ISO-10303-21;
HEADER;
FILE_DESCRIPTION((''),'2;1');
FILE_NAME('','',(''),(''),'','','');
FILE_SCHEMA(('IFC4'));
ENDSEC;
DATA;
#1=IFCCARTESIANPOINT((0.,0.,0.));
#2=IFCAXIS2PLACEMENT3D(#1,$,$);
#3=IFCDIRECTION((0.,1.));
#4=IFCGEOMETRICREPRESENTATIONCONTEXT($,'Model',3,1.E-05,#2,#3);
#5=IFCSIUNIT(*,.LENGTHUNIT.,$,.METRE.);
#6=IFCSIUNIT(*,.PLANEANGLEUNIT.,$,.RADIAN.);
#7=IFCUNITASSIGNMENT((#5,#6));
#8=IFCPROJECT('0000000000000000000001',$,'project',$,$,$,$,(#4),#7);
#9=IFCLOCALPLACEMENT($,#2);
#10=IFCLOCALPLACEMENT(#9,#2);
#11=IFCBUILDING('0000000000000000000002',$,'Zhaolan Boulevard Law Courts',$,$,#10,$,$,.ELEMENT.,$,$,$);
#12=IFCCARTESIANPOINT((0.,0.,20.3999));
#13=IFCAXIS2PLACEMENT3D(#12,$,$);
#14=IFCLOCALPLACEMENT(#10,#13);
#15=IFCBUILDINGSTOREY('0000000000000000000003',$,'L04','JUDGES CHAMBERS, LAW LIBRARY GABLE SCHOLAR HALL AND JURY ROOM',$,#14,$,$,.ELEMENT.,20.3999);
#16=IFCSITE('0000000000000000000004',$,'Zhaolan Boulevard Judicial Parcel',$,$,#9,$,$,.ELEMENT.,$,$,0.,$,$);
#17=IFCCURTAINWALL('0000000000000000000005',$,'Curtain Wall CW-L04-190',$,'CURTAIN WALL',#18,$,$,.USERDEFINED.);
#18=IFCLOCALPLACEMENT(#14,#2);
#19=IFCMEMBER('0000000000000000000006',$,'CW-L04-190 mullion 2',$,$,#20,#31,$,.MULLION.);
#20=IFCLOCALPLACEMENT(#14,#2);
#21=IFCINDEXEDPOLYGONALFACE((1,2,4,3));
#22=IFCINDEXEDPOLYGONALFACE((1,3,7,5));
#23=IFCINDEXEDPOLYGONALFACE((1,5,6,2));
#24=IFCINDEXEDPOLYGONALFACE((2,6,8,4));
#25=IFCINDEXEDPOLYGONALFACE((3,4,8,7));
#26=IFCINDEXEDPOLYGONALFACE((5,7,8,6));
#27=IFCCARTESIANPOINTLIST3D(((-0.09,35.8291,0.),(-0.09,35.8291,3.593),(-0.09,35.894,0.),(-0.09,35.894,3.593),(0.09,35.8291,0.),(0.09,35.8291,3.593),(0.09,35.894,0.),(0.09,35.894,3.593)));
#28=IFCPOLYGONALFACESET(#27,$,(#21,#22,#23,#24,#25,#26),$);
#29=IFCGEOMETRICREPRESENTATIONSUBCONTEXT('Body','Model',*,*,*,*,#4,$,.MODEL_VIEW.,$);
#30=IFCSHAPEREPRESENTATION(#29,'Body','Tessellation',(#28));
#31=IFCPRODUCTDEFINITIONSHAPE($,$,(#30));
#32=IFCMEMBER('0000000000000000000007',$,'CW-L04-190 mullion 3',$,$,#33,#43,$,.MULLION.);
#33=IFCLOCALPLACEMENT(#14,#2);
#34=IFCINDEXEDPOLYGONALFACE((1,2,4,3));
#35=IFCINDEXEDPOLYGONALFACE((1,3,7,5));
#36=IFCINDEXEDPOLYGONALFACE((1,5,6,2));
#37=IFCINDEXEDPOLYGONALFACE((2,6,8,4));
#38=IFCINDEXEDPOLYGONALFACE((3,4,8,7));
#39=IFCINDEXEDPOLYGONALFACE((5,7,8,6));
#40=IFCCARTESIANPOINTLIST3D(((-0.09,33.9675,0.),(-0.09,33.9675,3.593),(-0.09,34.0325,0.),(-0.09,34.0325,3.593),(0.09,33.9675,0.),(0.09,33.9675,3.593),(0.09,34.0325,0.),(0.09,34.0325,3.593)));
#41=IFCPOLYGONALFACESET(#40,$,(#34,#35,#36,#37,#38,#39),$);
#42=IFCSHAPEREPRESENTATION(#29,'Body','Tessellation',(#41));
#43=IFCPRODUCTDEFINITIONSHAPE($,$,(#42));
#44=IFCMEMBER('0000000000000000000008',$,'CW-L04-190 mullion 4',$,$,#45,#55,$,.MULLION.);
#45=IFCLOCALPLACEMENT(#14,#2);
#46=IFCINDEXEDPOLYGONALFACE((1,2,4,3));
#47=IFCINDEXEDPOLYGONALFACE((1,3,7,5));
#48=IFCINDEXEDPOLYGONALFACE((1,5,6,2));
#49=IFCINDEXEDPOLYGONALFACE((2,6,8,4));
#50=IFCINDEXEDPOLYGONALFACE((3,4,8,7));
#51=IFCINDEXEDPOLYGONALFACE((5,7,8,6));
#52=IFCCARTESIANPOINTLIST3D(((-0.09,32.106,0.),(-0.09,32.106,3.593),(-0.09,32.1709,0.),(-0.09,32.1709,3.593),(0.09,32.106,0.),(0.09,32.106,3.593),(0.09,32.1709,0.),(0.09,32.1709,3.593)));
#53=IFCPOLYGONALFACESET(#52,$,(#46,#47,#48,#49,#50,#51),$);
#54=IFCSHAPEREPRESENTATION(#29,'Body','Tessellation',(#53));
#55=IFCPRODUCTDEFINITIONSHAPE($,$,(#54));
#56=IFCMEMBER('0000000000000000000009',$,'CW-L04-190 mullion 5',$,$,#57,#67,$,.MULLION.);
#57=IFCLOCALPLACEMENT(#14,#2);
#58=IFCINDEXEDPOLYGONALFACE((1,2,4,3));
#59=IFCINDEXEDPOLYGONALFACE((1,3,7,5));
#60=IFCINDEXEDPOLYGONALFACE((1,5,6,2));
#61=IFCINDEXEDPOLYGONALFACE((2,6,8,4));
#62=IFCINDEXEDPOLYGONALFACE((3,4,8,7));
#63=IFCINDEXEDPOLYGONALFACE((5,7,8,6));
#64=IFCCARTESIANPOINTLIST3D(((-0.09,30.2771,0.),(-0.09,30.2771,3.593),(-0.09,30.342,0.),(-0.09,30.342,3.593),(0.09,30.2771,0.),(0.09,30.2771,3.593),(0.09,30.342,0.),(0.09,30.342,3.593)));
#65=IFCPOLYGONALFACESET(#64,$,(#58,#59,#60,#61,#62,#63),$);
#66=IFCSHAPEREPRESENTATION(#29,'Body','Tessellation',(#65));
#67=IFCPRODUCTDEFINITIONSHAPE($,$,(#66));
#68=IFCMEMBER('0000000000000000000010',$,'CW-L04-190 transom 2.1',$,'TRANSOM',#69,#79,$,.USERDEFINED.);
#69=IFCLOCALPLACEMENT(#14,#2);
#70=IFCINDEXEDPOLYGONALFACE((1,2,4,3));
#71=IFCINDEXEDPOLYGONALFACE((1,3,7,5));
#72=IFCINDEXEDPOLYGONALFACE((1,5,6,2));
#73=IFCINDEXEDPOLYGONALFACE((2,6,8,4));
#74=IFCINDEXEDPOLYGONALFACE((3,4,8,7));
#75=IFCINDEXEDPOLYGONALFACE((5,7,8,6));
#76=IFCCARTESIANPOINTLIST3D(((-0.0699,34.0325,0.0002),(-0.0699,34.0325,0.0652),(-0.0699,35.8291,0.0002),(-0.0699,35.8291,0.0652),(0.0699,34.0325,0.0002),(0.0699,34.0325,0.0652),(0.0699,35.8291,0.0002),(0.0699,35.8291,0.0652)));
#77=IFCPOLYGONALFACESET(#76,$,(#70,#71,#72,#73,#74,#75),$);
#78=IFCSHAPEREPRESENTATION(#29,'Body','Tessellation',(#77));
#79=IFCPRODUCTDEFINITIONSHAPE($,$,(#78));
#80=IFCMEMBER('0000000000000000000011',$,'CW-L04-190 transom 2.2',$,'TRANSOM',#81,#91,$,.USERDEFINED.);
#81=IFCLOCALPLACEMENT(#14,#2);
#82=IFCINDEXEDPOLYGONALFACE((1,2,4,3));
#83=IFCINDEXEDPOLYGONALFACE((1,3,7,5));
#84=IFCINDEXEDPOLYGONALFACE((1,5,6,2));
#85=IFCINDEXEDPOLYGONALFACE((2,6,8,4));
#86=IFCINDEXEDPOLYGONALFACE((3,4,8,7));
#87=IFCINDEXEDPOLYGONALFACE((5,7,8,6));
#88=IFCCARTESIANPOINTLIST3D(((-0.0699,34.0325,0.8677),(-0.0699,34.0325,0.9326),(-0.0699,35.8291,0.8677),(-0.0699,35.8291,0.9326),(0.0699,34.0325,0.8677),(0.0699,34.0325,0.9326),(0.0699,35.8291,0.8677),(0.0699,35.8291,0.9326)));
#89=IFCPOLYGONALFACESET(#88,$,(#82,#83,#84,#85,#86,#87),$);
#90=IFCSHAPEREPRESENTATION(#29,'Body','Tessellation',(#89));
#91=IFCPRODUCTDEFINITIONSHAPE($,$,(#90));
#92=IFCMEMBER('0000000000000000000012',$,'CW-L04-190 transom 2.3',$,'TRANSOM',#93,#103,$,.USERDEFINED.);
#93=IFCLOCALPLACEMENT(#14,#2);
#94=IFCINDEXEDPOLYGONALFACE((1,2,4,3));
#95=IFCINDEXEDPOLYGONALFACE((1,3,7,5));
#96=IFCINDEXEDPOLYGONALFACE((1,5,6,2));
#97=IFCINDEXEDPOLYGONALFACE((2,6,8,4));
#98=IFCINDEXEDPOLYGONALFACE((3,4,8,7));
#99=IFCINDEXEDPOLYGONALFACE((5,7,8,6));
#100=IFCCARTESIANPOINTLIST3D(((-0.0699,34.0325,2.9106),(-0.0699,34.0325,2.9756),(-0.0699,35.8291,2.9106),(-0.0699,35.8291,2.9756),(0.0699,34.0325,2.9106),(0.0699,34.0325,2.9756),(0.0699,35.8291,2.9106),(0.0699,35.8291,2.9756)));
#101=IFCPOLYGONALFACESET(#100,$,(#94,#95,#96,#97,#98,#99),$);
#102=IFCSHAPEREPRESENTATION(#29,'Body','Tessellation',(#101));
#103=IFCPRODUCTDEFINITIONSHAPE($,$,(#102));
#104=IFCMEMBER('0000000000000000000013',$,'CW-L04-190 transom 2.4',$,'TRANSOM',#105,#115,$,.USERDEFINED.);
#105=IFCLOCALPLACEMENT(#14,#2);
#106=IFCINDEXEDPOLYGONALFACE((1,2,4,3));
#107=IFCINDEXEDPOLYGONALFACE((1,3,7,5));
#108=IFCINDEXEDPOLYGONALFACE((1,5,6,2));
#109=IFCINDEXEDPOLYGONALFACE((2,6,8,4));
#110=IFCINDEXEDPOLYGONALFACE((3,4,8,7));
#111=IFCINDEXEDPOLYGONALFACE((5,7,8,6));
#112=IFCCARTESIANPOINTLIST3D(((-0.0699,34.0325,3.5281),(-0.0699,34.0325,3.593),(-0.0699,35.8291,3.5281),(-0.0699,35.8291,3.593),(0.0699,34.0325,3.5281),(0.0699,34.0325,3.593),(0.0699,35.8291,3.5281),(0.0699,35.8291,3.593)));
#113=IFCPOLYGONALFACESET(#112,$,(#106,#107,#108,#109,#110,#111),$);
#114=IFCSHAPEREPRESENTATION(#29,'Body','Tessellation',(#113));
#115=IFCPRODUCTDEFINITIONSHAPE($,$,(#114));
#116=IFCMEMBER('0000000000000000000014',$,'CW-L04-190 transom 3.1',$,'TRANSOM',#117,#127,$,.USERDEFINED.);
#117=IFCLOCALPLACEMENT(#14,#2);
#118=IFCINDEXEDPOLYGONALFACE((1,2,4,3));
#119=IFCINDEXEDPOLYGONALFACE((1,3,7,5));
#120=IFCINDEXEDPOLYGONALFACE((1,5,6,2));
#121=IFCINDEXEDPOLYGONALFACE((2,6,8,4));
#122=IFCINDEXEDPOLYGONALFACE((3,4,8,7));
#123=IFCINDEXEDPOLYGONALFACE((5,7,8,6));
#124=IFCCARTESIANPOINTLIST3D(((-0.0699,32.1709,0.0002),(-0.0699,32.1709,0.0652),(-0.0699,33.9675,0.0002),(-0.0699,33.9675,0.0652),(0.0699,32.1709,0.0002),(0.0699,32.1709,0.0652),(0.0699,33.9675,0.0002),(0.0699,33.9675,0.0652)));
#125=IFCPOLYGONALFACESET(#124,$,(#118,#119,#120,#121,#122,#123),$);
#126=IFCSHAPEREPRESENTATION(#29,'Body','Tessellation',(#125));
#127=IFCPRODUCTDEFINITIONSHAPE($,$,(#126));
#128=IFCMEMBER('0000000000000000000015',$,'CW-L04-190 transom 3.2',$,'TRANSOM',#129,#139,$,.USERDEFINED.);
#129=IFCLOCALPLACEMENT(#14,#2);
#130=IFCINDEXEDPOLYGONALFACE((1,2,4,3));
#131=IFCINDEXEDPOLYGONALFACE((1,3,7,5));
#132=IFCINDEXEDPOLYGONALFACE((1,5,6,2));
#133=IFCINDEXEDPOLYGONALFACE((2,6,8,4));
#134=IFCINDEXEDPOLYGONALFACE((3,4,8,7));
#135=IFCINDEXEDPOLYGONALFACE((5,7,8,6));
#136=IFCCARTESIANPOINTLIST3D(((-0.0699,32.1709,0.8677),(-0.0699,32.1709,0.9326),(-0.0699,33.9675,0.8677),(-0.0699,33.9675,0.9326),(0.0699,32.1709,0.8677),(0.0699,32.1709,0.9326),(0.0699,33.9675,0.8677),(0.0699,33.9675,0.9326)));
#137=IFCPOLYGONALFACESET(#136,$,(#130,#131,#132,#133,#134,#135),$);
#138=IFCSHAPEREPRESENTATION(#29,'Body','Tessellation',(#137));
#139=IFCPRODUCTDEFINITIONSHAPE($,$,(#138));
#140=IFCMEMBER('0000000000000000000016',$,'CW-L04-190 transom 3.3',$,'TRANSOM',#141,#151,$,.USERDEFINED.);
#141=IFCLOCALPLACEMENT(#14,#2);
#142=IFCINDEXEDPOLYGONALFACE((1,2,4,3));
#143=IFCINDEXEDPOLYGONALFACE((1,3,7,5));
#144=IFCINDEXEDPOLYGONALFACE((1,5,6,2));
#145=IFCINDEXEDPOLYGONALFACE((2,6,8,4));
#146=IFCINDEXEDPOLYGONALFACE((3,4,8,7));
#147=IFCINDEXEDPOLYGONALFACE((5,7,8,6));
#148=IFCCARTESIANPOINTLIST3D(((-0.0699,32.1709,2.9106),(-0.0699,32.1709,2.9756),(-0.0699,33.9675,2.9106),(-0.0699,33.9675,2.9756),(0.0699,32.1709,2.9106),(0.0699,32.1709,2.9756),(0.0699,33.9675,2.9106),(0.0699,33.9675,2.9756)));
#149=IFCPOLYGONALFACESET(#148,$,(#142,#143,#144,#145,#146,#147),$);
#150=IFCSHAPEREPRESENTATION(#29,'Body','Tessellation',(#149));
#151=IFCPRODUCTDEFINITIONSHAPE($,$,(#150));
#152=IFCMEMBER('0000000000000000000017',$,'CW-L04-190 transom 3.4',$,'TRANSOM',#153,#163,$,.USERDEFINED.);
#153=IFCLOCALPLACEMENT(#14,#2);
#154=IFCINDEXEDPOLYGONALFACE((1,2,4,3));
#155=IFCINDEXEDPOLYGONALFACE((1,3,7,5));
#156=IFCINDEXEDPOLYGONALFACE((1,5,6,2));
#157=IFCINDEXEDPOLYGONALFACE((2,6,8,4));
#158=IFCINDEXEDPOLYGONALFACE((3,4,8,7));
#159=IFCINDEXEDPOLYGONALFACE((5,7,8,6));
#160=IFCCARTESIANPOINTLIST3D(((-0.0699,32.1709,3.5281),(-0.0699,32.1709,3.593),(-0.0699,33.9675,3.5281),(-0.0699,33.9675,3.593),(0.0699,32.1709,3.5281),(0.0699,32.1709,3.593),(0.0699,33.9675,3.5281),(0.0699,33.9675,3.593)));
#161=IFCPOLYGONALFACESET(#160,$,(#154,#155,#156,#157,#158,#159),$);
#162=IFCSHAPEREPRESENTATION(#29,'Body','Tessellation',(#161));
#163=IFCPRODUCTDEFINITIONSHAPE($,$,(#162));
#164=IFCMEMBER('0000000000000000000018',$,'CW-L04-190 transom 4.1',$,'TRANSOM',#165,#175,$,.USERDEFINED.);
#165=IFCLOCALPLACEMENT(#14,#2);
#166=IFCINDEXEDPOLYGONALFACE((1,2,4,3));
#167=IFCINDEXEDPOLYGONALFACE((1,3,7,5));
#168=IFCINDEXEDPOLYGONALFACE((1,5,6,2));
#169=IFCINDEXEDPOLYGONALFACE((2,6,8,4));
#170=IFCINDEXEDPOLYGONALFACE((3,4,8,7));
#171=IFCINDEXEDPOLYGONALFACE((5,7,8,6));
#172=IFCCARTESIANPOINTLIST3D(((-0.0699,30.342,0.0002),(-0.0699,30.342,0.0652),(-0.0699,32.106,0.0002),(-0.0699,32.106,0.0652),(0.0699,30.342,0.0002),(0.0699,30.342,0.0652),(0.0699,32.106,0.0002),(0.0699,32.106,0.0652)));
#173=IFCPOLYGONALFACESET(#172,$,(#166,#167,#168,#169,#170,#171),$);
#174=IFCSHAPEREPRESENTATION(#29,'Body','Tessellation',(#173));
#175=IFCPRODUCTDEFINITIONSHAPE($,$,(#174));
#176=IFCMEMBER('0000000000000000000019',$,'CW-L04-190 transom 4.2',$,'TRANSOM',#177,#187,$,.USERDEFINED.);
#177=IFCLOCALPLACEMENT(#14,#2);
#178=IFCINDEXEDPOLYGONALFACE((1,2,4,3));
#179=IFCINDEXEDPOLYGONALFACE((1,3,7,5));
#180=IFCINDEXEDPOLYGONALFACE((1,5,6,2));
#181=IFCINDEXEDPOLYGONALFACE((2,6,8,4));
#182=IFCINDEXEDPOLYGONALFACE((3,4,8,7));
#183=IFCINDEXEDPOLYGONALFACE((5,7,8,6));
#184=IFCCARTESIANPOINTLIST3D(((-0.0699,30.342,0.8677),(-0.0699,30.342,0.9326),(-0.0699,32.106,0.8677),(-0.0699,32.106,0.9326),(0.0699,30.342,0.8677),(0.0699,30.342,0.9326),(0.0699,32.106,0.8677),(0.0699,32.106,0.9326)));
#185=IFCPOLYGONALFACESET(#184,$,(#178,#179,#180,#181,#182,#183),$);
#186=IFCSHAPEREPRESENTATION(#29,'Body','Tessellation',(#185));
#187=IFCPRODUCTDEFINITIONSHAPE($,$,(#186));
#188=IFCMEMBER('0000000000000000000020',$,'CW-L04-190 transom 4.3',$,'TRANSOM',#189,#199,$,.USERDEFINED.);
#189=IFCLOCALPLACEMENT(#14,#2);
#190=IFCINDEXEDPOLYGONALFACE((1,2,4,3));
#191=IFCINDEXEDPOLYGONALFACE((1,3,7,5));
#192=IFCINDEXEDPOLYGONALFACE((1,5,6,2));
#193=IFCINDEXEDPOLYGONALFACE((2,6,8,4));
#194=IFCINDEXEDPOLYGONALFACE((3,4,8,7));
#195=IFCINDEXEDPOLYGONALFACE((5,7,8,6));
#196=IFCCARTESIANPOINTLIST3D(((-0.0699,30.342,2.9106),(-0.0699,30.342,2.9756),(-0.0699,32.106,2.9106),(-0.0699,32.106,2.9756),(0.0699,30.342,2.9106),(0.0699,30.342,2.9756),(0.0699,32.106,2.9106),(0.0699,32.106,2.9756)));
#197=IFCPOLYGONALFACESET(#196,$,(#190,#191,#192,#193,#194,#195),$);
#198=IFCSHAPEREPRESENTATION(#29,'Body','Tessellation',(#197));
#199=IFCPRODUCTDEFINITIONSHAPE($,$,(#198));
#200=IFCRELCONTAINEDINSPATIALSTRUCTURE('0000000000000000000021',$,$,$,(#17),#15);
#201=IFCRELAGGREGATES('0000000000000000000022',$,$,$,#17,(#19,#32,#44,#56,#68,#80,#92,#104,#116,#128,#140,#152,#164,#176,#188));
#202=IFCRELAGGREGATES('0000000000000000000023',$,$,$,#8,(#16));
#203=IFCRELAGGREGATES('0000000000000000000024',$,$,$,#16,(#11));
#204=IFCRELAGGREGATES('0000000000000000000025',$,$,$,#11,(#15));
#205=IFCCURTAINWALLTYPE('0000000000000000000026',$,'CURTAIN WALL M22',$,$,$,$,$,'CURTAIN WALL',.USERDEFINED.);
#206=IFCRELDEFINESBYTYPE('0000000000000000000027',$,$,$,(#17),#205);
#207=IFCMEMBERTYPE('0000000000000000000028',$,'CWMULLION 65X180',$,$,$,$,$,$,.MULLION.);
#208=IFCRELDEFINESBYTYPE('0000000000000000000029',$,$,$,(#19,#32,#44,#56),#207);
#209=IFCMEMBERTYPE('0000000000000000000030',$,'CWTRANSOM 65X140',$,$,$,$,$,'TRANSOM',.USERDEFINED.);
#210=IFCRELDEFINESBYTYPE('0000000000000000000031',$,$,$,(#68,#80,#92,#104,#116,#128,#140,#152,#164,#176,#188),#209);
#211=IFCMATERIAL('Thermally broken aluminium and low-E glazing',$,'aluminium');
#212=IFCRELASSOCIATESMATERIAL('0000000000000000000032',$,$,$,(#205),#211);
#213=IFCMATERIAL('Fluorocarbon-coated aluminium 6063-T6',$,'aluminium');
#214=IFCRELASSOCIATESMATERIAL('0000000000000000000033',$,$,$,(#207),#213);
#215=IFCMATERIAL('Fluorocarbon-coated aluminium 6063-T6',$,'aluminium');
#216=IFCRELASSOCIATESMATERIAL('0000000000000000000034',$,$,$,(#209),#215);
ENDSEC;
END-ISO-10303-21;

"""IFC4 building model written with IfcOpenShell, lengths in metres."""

from ifc_helpers import new_model, si_unit, direction, frame, origin, origin_2d, place, context, subcontext, project, spatial, rectangle, extrude, material, material_profile, profile_set, type_object, element, aggregate, save


model = new_model("IFC4")

# Units and contexts
model_context = context("Model", 3, precision=1e-05, world=origin(), true_north=direction((0.0, 1.0)))
body_context = subcontext(model_context, "Body", "Model", "MODEL_VIEW")
ifc_project = project(units=[si_unit("LENGTHUNIT", "METRE"), si_unit("PLANEANGLEUNIT", "RADIAN")], contexts=[model_context])

# Site, building, storey
site_placement = place(None, origin())
site = spatial("IfcSite", under=ifc_project, at=site_placement, Name="Zhaolan Boulevard Judicial Parcel", CompositionType="ELEMENT", RefElevation=0.0)
building_placement = place(site_placement, origin())
building = spatial("IfcBuilding", under=site, at=building_placement, Name="Zhaolan Boulevard Law Courts", CompositionType="ELEMENT")
storey_placement = place(building_placement, frame((0.0, 0.0, 20.3999)))
storey = spatial("IfcBuildingStorey", under=building, at=storey_placement, Name="L04", Description="JUDGES CHAMBERS, LAW LIBRARY GABLE SCHOLAR HALL AND JURY ROOM", CompositionType="ELEMENT", Elevation=20.3999)

# Curtain wall, members
ifc_material_1 = material(Name="Thermally broken aluminium and low-E glazing", Category="aluminium")
curtain_wall_type = type_object("IfcCurtainWallType", Name="CURTAIN WALL M22", ElementType="CURTAIN WALL", PredefinedType="USERDEFINED", material=ifc_material_1)
curtain_wall_placement = place(storey_placement, origin())
curtain_wall = element("IfcCurtainWall", 1, at=curtain_wall_placement, inside=storey, type_object=curtain_wall_type, Name="Curtain Wall CW-L04-190", ObjectType="CURTAIN WALL", PredefinedType="USERDEFINED")
ifc_material_2 = material(Name="Fluorocarbon-coated aluminium 6063-T6", Category="aluminium")
ifc_material_profile_1 = material_profile(ifc_material_2, rectangle(XDim=0.1799, YDim=0.0649, at=origin_2d()), Name="AL65x180")
ifc_profile_set_1 = profile_set([ifc_material_profile_1], Name="Fluorocarbon-coated aluminium 6063-T6")
member_type_1 = type_object("IfcMemberType", Name="CWMULLION 65X180", PredefinedType="MULLION", material=ifc_profile_set_1)
member_1_placement = place(storey_placement, frame((0.0, 35.8616, 0.0), z_axis=(0.0, 0.0, 1.0), x_axis=(1.0, 0.0, 0.0)))
member_1 = element("IfcMember", 2, at=member_1_placement, type_object=member_type_1, Name="CW-L04-190 mullion 2", PredefinedType="MULLION", context=body_context, shape_type="SweptSolid", body=[
    extrude(rectangle(XDim=0.1799, YDim=0.0649, at=origin_2d()), origin(), (0.0, 0.0, 1.0), 3.593),
])
member_2_placement = place(storey_placement, frame((0.0, 34.0, 0.0), z_axis=(0.0, 0.0, 1.0), x_axis=(1.0, 0.0, 0.0)))
member_2 = element("IfcMember", 3, at=member_2_placement, type_object=member_type_1, Name="CW-L04-190 mullion 3", PredefinedType="MULLION", context=body_context, shape_type="SweptSolid", body=[
    extrude(rectangle(XDim=0.1799, YDim=0.0649, at=origin_2d()), origin(), (0.0, 0.0, 1.0), 3.593),
])
member_3_placement = place(storey_placement, frame((0.0, 32.1384, 0.0), z_axis=(0.0, 0.0, 1.0), x_axis=(1.0, 0.0, 0.0)))
member_3 = element("IfcMember", 4, at=member_3_placement, type_object=member_type_1, Name="CW-L04-190 mullion 4", PredefinedType="MULLION", context=body_context, shape_type="SweptSolid", body=[
    extrude(rectangle(XDim=0.1799, YDim=0.0649, at=origin_2d()), origin(), (0.0, 0.0, 1.0), 3.593),
])
member_4_placement = place(storey_placement, frame((0.0, 30.3096, 0.0), z_axis=(0.0, 0.0, 1.0), x_axis=(1.0, 0.0, 0.0)))
member_4 = element("IfcMember", 5, at=member_4_placement, type_object=member_type_1, Name="CW-L04-190 mullion 5", PredefinedType="MULLION", context=body_context, shape_type="SweptSolid", body=[
    extrude(rectangle(XDim=0.1799, YDim=0.0649, at=origin_2d()), origin(), (0.0, 0.0, 1.0), 3.593),
])
ifc_material_3 = material(Name="Fluorocarbon-coated aluminium 6063-T6", Category="aluminium")
ifc_material_profile_2 = material_profile(ifc_material_3, rectangle(XDim=0.1399, YDim=0.0649, at=origin_2d()), Name="AL65x140")
ifc_profile_set_2 = profile_set([ifc_material_profile_2], Name="Fluorocarbon-coated aluminium 6063-T6")
member_type_2 = type_object("IfcMemberType", Name="CWTRANSOM 65X140", ElementType="TRANSOM", PredefinedType="USERDEFINED", material=ifc_profile_set_2)
member_5_placement = place(storey_placement, frame((0.0, 35.8291, 0.0327), z_axis=(0.0, -1.0, 0.0), x_axis=(1.0, 0.0, 0.0)))
member_5 = element("IfcMember", 6, at=member_5_placement, type_object=member_type_2, Name="CW-L04-190 transom 2.1", ObjectType="TRANSOM", PredefinedType="USERDEFINED", context=body_context, shape_type="SweptSolid", body=[
    extrude(rectangle(XDim=0.1399, YDim=0.0649, at=origin_2d()), origin(), (0.0, 0.0, 1.0), 1.7966),
])
member_6_placement = place(storey_placement, frame((0.0, 35.8291, 0.9001), z_axis=(0.0, -1.0, 0.0), x_axis=(1.0, 0.0, 0.0)))
member_6 = element("IfcMember", 7, at=member_6_placement, type_object=member_type_2, Name="CW-L04-190 transom 2.2", ObjectType="TRANSOM", PredefinedType="USERDEFINED", context=body_context, shape_type="SweptSolid", body=[
    extrude(rectangle(XDim=0.1399, YDim=0.0649, at=origin_2d()), origin(), (0.0, 0.0, 1.0), 1.7966),
])
member_7_placement = place(storey_placement, frame((0.0, 35.8291, 2.9431), z_axis=(0.0, -1.0, 0.0), x_axis=(1.0, 0.0, 0.0)))
member_7 = element("IfcMember", 8, at=member_7_placement, type_object=member_type_2, Name="CW-L04-190 transom 2.3", ObjectType="TRANSOM", PredefinedType="USERDEFINED", context=body_context, shape_type="SweptSolid", body=[
    extrude(rectangle(XDim=0.1399, YDim=0.0649, at=origin_2d()), origin(), (0.0, 0.0, 1.0), 1.7966),
])
member_8_placement = place(storey_placement, frame((0.0, 35.8291, 3.5605), z_axis=(0.0, -1.0, 0.0), x_axis=(1.0, 0.0, 0.0)))
member_8 = element("IfcMember", 9, at=member_8_placement, type_object=member_type_2, Name="CW-L04-190 transom 2.4", ObjectType="TRANSOM", PredefinedType="USERDEFINED", context=body_context, shape_type="SweptSolid", body=[
    extrude(rectangle(XDim=0.1399, YDim=0.0649, at=origin_2d()), origin(), (0.0, 0.0, 1.0), 1.7966),
])
member_9_placement = place(storey_placement, frame((0.0, 33.9675, 0.0327), z_axis=(0.0, -1.0, 0.0), x_axis=(1.0, 0.0, 0.0)))
member_9 = element("IfcMember", 10, at=member_9_placement, type_object=member_type_2, Name="CW-L04-190 transom 3.1", ObjectType="TRANSOM", PredefinedType="USERDEFINED", context=body_context, shape_type="SweptSolid", body=[
    extrude(rectangle(XDim=0.1399, YDim=0.0649, at=origin_2d()), origin(), (0.0, 0.0, 1.0), 1.7966),
])
member_10_placement = place(storey_placement, frame((0.0, 33.9675, 0.9001), z_axis=(0.0, -1.0, 0.0), x_axis=(1.0, 0.0, 0.0)))
member_10 = element("IfcMember", 11, at=member_10_placement, type_object=member_type_2, Name="CW-L04-190 transom 3.2", ObjectType="TRANSOM", PredefinedType="USERDEFINED", context=body_context, shape_type="SweptSolid", body=[
    extrude(rectangle(XDim=0.1399, YDim=0.0649, at=origin_2d()), origin(), (0.0, 0.0, 1.0), 1.7966),
])
member_11_placement = place(storey_placement, frame((0.0, 33.9675, 2.9431), z_axis=(0.0, -1.0, 0.0), x_axis=(1.0, 0.0, 0.0)))
member_11 = element("IfcMember", 12, at=member_11_placement, type_object=member_type_2, Name="CW-L04-190 transom 3.3", ObjectType="TRANSOM", PredefinedType="USERDEFINED", context=body_context, shape_type="SweptSolid", body=[
    extrude(rectangle(XDim=0.1399, YDim=0.0649, at=origin_2d()), origin(), (0.0, 0.0, 1.0), 1.7966),
])
member_12_placement = place(storey_placement, frame((0.0, 33.9675, 3.5605), z_axis=(0.0, -1.0, 0.0), x_axis=(1.0, 0.0, 0.0)))
member_12 = element("IfcMember", 13, at=member_12_placement, type_object=member_type_2, Name="CW-L04-190 transom 3.4", ObjectType="TRANSOM", PredefinedType="USERDEFINED", context=body_context, shape_type="SweptSolid", body=[
    extrude(rectangle(XDim=0.1399, YDim=0.0649, at=origin_2d()), origin(), (0.0, 0.0, 1.0), 1.7966),
])
member_13_placement = place(storey_placement, frame((0.0, 32.106, 0.0327), z_axis=(0.0, -1.0, 0.0), x_axis=(1.0, 0.0, 0.0)))
member_13 = element("IfcMember", 14, at=member_13_placement, type_object=member_type_2, Name="CW-L04-190 transom 4.1", ObjectType="TRANSOM", PredefinedType="USERDEFINED", context=body_context, shape_type="SweptSolid", body=[
    extrude(rectangle(XDim=0.1399, YDim=0.0649, at=origin_2d()), origin(), (0.0, 0.0, 1.0), 1.7639),
])
member_14_placement = place(storey_placement, frame((0.0, 32.106, 0.9001), z_axis=(0.0, -1.0, 0.0), x_axis=(1.0, 0.0, 0.0)))
member_14 = element("IfcMember", 15, at=member_14_placement, type_object=member_type_2, Name="CW-L04-190 transom 4.2", ObjectType="TRANSOM", PredefinedType="USERDEFINED", context=body_context, shape_type="SweptSolid", body=[
    extrude(rectangle(XDim=0.1399, YDim=0.0649, at=origin_2d()), origin(), (0.0, 0.0, 1.0), 1.7639),
])
member_15_placement = place(storey_placement, frame((0.0, 32.106, 2.9431), z_axis=(0.0, -1.0, 0.0), x_axis=(1.0, 0.0, 0.0)))
member_15 = element("IfcMember", 16, at=member_15_placement, type_object=member_type_2, Name="CW-L04-190 transom 4.3", ObjectType="TRANSOM", PredefinedType="USERDEFINED", context=body_context, shape_type="SweptSolid", body=[
    extrude(rectangle(XDim=0.1399, YDim=0.0649, at=origin_2d()), origin(), (0.0, 0.0, 1.0), 1.7639),
])

aggregate(curtain_wall, [member_1, member_2, member_3, member_4, member_5, member_6, member_7, member_8, member_9, member_10, member_11, member_12, member_13, member_14, member_15])

save(model, "model.ifc")
